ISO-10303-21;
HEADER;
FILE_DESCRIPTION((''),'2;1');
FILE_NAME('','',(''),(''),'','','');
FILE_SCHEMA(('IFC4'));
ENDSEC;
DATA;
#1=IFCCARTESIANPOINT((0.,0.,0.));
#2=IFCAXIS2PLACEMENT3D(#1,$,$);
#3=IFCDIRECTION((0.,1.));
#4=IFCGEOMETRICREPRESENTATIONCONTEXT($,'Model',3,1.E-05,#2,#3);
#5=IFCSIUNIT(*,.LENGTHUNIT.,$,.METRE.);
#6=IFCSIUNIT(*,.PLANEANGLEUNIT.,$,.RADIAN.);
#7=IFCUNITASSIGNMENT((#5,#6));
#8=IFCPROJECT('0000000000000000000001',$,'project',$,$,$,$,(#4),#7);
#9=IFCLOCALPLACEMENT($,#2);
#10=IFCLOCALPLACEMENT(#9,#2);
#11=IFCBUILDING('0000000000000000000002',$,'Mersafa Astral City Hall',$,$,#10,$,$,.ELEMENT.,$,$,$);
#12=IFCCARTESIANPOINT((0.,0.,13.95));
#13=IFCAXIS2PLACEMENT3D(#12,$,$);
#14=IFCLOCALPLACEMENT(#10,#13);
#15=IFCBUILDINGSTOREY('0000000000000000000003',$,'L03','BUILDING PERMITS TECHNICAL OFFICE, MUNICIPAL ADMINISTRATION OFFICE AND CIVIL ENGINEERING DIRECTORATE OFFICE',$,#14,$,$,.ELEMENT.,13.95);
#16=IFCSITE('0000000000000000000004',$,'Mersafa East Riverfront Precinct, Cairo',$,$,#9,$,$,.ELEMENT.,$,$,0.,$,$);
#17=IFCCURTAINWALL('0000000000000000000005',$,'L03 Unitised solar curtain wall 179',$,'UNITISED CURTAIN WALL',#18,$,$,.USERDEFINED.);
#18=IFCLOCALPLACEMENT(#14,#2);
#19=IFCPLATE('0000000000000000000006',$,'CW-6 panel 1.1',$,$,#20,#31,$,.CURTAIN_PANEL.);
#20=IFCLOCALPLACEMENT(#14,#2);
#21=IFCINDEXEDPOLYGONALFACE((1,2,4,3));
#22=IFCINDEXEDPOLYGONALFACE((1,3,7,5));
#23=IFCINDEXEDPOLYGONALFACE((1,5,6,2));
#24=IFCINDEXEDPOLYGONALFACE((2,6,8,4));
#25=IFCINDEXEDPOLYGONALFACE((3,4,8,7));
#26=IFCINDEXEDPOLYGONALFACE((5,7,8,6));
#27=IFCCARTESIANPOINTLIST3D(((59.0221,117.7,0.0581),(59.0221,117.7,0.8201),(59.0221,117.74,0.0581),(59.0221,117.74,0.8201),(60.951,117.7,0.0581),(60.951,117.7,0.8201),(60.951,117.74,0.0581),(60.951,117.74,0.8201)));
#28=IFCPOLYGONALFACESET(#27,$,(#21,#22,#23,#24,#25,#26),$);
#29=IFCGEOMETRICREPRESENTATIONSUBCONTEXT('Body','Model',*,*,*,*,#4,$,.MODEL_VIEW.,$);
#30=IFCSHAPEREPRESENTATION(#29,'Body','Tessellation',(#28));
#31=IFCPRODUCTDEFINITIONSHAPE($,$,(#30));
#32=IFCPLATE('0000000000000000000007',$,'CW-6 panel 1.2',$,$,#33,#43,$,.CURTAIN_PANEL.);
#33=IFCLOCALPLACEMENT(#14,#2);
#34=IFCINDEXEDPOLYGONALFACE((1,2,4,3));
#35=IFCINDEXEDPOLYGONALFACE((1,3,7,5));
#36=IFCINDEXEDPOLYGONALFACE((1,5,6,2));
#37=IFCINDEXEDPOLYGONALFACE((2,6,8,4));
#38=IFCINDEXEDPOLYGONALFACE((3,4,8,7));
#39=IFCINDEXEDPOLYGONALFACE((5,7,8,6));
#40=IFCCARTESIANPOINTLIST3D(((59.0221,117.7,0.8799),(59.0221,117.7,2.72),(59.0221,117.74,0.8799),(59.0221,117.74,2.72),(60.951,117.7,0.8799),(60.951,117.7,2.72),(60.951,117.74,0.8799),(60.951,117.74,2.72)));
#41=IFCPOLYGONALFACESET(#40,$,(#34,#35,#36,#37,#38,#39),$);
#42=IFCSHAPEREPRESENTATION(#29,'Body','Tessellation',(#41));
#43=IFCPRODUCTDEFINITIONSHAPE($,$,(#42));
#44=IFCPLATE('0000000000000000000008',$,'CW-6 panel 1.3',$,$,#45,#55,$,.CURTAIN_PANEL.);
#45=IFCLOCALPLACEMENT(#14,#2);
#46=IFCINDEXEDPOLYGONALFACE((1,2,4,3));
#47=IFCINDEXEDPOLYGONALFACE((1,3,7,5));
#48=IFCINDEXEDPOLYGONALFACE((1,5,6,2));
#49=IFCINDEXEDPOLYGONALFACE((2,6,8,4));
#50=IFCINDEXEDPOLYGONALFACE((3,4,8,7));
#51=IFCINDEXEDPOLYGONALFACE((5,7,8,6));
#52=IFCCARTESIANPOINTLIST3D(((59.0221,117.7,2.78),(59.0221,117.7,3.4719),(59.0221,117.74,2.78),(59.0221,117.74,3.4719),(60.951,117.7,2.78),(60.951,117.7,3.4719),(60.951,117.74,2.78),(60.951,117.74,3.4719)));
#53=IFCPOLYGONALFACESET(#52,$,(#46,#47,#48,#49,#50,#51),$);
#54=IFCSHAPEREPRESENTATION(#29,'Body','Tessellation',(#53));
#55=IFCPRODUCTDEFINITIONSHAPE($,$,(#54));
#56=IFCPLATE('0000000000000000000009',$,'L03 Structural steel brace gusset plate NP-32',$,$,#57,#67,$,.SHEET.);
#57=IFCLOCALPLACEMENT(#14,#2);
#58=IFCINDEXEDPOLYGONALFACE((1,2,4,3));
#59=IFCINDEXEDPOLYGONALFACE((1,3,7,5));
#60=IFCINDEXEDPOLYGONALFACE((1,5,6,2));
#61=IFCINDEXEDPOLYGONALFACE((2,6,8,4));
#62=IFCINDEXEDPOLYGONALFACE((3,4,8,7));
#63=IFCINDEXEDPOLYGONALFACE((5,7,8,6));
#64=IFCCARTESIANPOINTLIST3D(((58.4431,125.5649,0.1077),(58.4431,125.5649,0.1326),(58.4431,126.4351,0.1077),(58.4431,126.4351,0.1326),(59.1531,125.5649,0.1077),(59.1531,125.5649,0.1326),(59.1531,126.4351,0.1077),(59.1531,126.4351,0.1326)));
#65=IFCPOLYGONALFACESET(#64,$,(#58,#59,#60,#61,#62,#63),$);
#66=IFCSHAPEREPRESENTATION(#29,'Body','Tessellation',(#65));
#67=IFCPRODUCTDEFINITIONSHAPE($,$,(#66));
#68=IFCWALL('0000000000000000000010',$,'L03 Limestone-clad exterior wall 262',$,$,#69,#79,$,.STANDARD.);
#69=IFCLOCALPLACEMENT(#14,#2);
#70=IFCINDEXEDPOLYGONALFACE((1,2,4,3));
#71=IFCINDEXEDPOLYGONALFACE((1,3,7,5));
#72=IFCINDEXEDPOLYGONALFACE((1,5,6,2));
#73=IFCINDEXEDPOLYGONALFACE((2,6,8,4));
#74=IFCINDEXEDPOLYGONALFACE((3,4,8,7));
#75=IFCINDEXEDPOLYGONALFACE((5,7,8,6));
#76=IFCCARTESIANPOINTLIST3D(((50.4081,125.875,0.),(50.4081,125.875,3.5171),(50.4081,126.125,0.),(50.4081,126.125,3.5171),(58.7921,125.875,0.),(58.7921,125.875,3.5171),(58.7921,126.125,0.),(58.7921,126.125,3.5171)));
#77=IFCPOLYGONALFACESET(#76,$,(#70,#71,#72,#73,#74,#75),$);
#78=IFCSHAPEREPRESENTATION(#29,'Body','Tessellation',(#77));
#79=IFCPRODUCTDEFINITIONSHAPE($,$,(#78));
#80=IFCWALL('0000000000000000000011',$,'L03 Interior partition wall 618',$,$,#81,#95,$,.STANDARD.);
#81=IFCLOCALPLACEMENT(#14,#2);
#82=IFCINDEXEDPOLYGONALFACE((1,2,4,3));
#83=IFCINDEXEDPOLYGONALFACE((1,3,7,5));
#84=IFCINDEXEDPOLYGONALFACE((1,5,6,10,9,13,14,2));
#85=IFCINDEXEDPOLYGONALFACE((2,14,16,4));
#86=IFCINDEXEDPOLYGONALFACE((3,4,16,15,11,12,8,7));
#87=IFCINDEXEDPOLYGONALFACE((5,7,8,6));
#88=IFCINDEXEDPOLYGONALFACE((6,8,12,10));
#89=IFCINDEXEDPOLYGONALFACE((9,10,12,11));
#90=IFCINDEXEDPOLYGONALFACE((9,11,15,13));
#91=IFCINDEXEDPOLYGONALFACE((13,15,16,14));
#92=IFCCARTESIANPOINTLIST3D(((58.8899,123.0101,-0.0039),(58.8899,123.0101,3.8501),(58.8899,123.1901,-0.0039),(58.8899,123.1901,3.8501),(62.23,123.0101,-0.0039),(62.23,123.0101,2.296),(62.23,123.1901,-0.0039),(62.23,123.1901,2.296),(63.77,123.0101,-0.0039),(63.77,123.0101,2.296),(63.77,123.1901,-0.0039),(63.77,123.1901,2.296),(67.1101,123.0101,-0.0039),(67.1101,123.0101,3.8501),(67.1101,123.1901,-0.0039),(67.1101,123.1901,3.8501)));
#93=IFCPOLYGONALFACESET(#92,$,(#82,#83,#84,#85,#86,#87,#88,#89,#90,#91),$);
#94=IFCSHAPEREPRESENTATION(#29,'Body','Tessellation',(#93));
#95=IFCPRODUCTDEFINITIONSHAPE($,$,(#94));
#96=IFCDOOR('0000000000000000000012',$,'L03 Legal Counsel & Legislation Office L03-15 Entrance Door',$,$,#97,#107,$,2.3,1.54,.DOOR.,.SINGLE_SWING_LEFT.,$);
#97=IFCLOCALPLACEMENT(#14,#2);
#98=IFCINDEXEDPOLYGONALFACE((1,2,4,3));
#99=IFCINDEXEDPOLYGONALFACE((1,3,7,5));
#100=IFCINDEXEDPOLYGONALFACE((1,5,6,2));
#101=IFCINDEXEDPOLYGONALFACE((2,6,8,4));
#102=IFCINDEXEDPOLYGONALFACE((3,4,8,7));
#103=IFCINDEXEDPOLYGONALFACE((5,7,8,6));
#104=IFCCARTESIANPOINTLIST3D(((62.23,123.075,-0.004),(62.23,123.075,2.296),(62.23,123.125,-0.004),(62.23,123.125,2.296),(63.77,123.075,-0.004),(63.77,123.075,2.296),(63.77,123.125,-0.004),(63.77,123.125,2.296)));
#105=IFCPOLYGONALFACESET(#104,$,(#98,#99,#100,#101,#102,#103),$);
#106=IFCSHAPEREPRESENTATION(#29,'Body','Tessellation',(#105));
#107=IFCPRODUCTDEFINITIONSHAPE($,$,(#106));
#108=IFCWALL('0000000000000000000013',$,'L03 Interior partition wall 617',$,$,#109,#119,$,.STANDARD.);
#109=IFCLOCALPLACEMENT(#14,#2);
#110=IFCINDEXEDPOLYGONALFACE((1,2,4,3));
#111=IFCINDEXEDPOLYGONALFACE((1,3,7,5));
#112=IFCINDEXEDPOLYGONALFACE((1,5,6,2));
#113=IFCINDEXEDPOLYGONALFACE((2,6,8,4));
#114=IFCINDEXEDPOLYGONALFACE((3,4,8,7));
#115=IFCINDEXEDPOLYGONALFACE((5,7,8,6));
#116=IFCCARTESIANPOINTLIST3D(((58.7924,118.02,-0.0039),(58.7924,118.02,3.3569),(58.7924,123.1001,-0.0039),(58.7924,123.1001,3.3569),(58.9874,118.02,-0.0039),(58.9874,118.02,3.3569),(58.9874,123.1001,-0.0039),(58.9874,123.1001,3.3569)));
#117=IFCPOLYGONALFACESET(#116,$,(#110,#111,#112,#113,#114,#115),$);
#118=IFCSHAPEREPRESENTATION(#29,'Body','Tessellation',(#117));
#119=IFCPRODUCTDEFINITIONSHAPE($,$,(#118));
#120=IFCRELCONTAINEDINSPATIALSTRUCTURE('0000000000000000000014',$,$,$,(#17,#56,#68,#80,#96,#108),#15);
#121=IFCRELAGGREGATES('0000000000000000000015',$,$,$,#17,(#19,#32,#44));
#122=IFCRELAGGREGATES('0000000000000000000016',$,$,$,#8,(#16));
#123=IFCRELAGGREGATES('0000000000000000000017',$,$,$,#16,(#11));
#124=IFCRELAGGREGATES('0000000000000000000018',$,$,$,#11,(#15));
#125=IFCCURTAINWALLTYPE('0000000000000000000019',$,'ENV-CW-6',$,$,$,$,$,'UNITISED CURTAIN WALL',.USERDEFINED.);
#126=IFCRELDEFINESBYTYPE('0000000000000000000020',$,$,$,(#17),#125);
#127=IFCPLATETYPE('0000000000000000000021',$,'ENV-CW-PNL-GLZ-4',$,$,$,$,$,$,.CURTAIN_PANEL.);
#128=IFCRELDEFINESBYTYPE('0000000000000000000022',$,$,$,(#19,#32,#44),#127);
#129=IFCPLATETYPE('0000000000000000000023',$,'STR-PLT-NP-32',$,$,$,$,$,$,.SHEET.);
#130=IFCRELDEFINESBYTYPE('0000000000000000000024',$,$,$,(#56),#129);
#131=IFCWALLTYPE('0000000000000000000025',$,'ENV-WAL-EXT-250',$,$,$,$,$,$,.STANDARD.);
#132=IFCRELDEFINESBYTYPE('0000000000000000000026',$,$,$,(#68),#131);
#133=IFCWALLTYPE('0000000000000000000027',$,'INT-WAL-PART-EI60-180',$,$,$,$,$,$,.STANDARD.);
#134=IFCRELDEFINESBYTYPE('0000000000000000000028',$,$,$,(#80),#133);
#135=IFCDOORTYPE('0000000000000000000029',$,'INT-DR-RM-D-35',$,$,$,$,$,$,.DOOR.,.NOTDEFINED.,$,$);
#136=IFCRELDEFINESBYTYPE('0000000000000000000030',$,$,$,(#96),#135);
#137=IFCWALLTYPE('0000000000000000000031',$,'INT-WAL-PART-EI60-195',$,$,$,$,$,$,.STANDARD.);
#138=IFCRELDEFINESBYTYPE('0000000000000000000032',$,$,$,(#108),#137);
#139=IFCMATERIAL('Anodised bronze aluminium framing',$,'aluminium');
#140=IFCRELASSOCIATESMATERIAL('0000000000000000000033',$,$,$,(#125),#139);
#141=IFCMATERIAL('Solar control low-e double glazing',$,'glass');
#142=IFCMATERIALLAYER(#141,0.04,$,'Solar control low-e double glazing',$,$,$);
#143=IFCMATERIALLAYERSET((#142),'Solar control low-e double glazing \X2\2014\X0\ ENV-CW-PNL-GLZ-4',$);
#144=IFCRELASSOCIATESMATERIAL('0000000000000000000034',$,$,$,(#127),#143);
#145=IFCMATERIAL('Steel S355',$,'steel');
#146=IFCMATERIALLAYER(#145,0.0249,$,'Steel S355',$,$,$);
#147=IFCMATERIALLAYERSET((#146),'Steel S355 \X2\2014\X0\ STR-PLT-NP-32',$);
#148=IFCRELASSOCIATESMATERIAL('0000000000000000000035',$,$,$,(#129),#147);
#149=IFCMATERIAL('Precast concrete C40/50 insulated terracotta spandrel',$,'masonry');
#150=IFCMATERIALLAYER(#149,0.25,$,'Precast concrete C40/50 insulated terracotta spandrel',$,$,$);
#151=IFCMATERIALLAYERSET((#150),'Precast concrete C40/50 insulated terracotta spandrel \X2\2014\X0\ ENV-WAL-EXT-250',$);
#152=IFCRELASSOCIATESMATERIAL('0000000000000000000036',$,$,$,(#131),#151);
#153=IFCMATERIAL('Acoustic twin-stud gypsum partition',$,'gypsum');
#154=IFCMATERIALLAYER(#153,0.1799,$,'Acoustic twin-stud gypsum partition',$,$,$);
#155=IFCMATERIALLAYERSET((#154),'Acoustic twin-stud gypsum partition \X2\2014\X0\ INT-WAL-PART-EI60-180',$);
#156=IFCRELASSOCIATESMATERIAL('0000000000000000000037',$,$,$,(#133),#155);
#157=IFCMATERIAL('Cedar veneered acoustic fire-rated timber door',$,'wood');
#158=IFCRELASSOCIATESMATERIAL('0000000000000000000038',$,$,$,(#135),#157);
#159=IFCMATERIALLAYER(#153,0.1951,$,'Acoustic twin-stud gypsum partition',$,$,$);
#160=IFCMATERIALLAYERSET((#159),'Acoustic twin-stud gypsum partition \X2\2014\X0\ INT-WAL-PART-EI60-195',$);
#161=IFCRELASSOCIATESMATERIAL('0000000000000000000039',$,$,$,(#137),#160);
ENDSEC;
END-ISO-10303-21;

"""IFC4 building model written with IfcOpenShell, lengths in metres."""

from ifc_helpers import new_model, si_unit, direction, frame, frame_2d, origin, origin_2d, place, context, subcontext, project, spatial, rectangle, extrude, material, layer, layer_set, type_object, element, fill, aggregate, save


model = new_model("IFC4")

# Units and contexts
model_context = context("Model", 3, precision=1e-05, world=origin(), true_north=direction((0.0, 1.0)))
body_context = subcontext(model_context, "Body", "Model", "MODEL_VIEW")
ifc_project = project(units=[si_unit("LENGTHUNIT", "METRE"), si_unit("PLANEANGLEUNIT", "RADIAN")], contexts=[model_context])

# Site, building, storey
site_placement = place(None, origin())
site = spatial("IfcSite", under=ifc_project, at=site_placement, Name="Mersafa East Riverfront Precinct, Cairo", CompositionType="ELEMENT", RefElevation=0.0)
building_placement = place(site_placement, origin())
building = spatial("IfcBuilding", under=site, at=building_placement, Name="Mersafa Astral City Hall", CompositionType="ELEMENT")
storey_placement = place(building_placement, frame((0.0, 0.0, 13.95)))
storey = spatial("IfcBuildingStorey", under=building, at=storey_placement, Name="L03", Description="BUILDING PERMITS TECHNICAL OFFICE, MUNICIPAL ADMINISTRATION OFFICE AND CIVIL ENGINEERING DIRECTORATE OFFICE", CompositionType="ELEMENT", Elevation=13.95)

# Shared definitions
ifc_material_1 = material(Name="Steel S355", Category="steel")

# Curtain wall
ifc_material_2 = material(Name="Anodised bronze aluminium framing", Category="aluminium")
curtain_wall_type = type_object("IfcCurtainWallType", Name="ENV-CW-6", ElementType="UNITISED CURTAIN WALL", PredefinedType="USERDEFINED", material=ifc_material_2)
curtain_wall_placement = place(storey_placement, origin())
curtain_wall = element("IfcCurtainWall", 1, at=curtain_wall_placement, inside=storey, type_object=curtain_wall_type, Name="L03 Unitised solar curtain wall 179", ObjectType="UNITISED CURTAIN WALL", PredefinedType="USERDEFINED")

# Plates
ifc_material_3 = material(Name="Solar control low-e double glazing", Category="glass")
ifc_layer_1 = layer(ifc_material_3, 0.04, Name="Solar control low-e double glazing")
ifc_layer_set_1 = layer_set([ifc_layer_1], Name="Solar control low-e double glazing — ENV-CW-PNL-GLZ-4")
plate_type_1 = type_object("IfcPlateType", Name="ENV-CW-PNL-GLZ-4", PredefinedType="CURTAIN_PANEL", material=ifc_layer_set_1)
plate_1_placement = place(storey_placement, frame((59.9866, 117.72, 0.0581), z_axis=(0.0, 0.0, 1.0), x_axis=(1.0, 0.0, 0.0)))
plate_1 = element("IfcPlate", 2, at=plate_1_placement, type_object=plate_type_1, Name="CW-6 panel 1.1", PredefinedType="CURTAIN_PANEL", context=body_context, shape_type="SweptSolid", body=[
    extrude(rectangle(XDim=1.929, YDim=0.04, at=origin_2d()), origin(), (0.0, 0.0, 1.0), 0.762),
])
plate_2_placement = place(storey_placement, frame((59.9866, 117.72, 0.8799), z_axis=(0.0, 0.0, 1.0), x_axis=(1.0, 0.0, 0.0)))
plate_2 = element("IfcPlate", 3, at=plate_2_placement, type_object=plate_type_1, Name="CW-6 panel 1.2", PredefinedType="CURTAIN_PANEL", context=body_context, shape_type="SweptSolid", body=[
    extrude(rectangle(XDim=1.929, YDim=0.04, at=origin_2d()), origin(), (0.0, 0.0, 1.0), 1.8401),
])
plate_3_placement = place(storey_placement, frame((59.9866, 117.72, 2.78), z_axis=(0.0, 0.0, 1.0), x_axis=(1.0, 0.0, 0.0)))
plate_3 = element("IfcPlate", 4, at=plate_3_placement, type_object=plate_type_1, Name="CW-6 panel 1.3", PredefinedType="CURTAIN_PANEL", context=body_context, shape_type="SweptSolid", body=[
    extrude(rectangle(XDim=1.929, YDim=0.04, at=origin_2d()), origin(), (0.0, 0.0, 1.0), 0.6919),
])
aggregate(curtain_wall, [plate_1, plate_2, plate_3])
ifc_layer_2 = layer(ifc_material_1, 0.0249, Name="Steel S355")
ifc_layer_set_2 = layer_set([ifc_layer_2], Name="Steel S355 — STR-PLT-NP-32")
plate_type_2 = type_object("IfcPlateType", Name="STR-PLT-NP-32", PredefinedType="SHEET", material=ifc_layer_set_2)
plate_4_placement = place(storey_placement, frame((58.7981, 126.0, 0.1077), z_axis=(0.0, 0.0, 1.0), x_axis=(1.0, 0.0, 0.0)))
element("IfcPlate", 5, at=plate_4_placement, inside=storey, type_object=plate_type_2, Name="L03 Structural steel brace gusset plate NP-32", PredefinedType="SHEET", context=body_context, shape_type="SweptSolid", body=[
    extrude(rectangle(XDim=0.71, YDim=0.8701, at=origin_2d()), origin(), (0.0, 0.0, 1.0), 0.0249),
])

# Wall
ifc_material_4 = material(Name="Precast concrete C40/50 insulated terracotta spandrel", Category="masonry")
ifc_layer_3 = layer(ifc_material_4, 0.25, Name="Precast concrete C40/50 insulated terracotta spandrel")
ifc_layer_set_3 = layer_set([ifc_layer_3], Name="Precast concrete C40/50 insulated terracotta spandrel — ENV-WAL-EXT-250")
wall_type_1 = type_object("IfcWallType", Name="ENV-WAL-EXT-250", PredefinedType="STANDARD", material=ifc_layer_set_3)
wall_1_placement = place(storey_placement, frame((58.792, 126.0, 0.0), z_axis=(0.0, 0.0, 1.0), x_axis=(-1.0, 0.0, 0.0)))
element("IfcWall", 6, at=wall_1_placement, inside=storey, type_object=wall_type_1, Name="L03 Limestone-clad exterior wall 262", PredefinedType="STANDARD", context=body_context, shape_type="SweptSolid", body=[
    extrude(rectangle(XDim=8.384, YDim=0.25, at=frame_2d((4.1919, 0.0))), origin(), (0.0, 0.0, 1.0), 3.5171),
])

# Wall, opening, door
ifc_material_5 = material(Name="Acoustic twin-stud gypsum partition", Category="gypsum")
ifc_layer_4 = layer(ifc_material_5, 0.1799, Name="Acoustic twin-stud gypsum partition")
ifc_layer_set_4 = layer_set([ifc_layer_4], Name="Acoustic twin-stud gypsum partition — INT-WAL-PART-EI60-180")
wall_type_2 = type_object("IfcWallType", Name="INT-WAL-PART-EI60-180", PredefinedType="STANDARD", material=ifc_layer_set_4)
wall_2_placement = place(storey_placement, frame((58.8899, 123.1001, -0.0039), z_axis=(0.0, 0.0, 1.0), x_axis=(1.0, 0.0, 0.0)))
wall_2 = element("IfcWall", 7, at=wall_2_placement, inside=storey, type_object=wall_type_2, Name="L03 Interior partition wall 618", PredefinedType="STANDARD", context=body_context, shape_type="SweptSolid", body=[
    extrude(rectangle(XDim=8.2202, YDim=0.1799, at=frame_2d((4.1101, 0.0))), origin(), (0.0, 0.0, 1.0), 3.854),
])
opening_placement = place(wall_2_placement, frame((3.3401, 0.0, 0.0)))
opening = element("IfcOpeningElement", 8, at=opening_placement, cuts=wall_2, PredefinedType="OPENING", context=body_context, shape_type="SweptSolid", body=[
    extrude(rectangle(XDim=1.54, YDim=2.3, at=frame_2d((0.77, 1.1499))), frame((0.0, 0.0999, 0.0), z_axis=(0.0, -1.0, 0.0), x_axis=(1.0, 0.0, 0.0)), (0.0, 0.0, 1.0), 0.2),
])
ifc_material_6 = material(Name="Cedar veneered acoustic fire-rated timber door", Category="wood")
door_type = type_object("IfcDoorType", Name="INT-DR-RM-D-35", OperationType="NOTDEFINED", PredefinedType="DOOR", material=ifc_material_6)
door_placement = place(opening_placement, origin())
door = element("IfcDoor", 9, at=door_placement, inside=storey, type_object=door_type, Name="L03 Legal Counsel & Legislation Office L03-15 Entrance Door", OperationType="SINGLE_SWING_LEFT", OverallHeight=2.3, OverallWidth=1.54, PredefinedType="DOOR", context=body_context, shape_type="SweptSolid", body=[
    extrude(rectangle(XDim=1.54, YDim=2.3, at=frame_2d((0.77, 1.1499))), frame((0.0, 0.0249, 0.0), z_axis=(0.0, -1.0, 0.0), x_axis=(1.0, 0.0, 0.0)), (0.0, 0.0, 1.0), 0.05),
])
fill(opening, door)

# Wall
ifc_layer_5 = layer(ifc_material_5, 0.1951, Name="Acoustic twin-stud gypsum partition")
ifc_layer_set_5 = layer_set([ifc_layer_5], Name="Acoustic twin-stud gypsum partition — INT-WAL-PART-EI60-195")
wall_type_3 = type_object("IfcWallType", Name="INT-WAL-PART-EI60-195", PredefinedType="STANDARD", material=ifc_layer_set_5)
wall_3_placement = place(storey_placement, frame((58.8899, 118.02, -0.0039), z_axis=(0.0, 0.0, 1.0), x_axis=(0.0, 1.0, 0.0)))
element("IfcWall", 10, at=wall_3_placement, inside=storey, type_object=wall_type_3, Name="L03 Interior partition wall 617", PredefinedType="STANDARD", context=body_context, shape_type="SweptSolid", body=[
    extrude(rectangle(XDim=5.0801, YDim=0.1951, at=frame_2d((2.54, 0.0))), origin(), (0.0, 0.0, 1.0), 3.3608),
])

save(model, "model.ifc")
